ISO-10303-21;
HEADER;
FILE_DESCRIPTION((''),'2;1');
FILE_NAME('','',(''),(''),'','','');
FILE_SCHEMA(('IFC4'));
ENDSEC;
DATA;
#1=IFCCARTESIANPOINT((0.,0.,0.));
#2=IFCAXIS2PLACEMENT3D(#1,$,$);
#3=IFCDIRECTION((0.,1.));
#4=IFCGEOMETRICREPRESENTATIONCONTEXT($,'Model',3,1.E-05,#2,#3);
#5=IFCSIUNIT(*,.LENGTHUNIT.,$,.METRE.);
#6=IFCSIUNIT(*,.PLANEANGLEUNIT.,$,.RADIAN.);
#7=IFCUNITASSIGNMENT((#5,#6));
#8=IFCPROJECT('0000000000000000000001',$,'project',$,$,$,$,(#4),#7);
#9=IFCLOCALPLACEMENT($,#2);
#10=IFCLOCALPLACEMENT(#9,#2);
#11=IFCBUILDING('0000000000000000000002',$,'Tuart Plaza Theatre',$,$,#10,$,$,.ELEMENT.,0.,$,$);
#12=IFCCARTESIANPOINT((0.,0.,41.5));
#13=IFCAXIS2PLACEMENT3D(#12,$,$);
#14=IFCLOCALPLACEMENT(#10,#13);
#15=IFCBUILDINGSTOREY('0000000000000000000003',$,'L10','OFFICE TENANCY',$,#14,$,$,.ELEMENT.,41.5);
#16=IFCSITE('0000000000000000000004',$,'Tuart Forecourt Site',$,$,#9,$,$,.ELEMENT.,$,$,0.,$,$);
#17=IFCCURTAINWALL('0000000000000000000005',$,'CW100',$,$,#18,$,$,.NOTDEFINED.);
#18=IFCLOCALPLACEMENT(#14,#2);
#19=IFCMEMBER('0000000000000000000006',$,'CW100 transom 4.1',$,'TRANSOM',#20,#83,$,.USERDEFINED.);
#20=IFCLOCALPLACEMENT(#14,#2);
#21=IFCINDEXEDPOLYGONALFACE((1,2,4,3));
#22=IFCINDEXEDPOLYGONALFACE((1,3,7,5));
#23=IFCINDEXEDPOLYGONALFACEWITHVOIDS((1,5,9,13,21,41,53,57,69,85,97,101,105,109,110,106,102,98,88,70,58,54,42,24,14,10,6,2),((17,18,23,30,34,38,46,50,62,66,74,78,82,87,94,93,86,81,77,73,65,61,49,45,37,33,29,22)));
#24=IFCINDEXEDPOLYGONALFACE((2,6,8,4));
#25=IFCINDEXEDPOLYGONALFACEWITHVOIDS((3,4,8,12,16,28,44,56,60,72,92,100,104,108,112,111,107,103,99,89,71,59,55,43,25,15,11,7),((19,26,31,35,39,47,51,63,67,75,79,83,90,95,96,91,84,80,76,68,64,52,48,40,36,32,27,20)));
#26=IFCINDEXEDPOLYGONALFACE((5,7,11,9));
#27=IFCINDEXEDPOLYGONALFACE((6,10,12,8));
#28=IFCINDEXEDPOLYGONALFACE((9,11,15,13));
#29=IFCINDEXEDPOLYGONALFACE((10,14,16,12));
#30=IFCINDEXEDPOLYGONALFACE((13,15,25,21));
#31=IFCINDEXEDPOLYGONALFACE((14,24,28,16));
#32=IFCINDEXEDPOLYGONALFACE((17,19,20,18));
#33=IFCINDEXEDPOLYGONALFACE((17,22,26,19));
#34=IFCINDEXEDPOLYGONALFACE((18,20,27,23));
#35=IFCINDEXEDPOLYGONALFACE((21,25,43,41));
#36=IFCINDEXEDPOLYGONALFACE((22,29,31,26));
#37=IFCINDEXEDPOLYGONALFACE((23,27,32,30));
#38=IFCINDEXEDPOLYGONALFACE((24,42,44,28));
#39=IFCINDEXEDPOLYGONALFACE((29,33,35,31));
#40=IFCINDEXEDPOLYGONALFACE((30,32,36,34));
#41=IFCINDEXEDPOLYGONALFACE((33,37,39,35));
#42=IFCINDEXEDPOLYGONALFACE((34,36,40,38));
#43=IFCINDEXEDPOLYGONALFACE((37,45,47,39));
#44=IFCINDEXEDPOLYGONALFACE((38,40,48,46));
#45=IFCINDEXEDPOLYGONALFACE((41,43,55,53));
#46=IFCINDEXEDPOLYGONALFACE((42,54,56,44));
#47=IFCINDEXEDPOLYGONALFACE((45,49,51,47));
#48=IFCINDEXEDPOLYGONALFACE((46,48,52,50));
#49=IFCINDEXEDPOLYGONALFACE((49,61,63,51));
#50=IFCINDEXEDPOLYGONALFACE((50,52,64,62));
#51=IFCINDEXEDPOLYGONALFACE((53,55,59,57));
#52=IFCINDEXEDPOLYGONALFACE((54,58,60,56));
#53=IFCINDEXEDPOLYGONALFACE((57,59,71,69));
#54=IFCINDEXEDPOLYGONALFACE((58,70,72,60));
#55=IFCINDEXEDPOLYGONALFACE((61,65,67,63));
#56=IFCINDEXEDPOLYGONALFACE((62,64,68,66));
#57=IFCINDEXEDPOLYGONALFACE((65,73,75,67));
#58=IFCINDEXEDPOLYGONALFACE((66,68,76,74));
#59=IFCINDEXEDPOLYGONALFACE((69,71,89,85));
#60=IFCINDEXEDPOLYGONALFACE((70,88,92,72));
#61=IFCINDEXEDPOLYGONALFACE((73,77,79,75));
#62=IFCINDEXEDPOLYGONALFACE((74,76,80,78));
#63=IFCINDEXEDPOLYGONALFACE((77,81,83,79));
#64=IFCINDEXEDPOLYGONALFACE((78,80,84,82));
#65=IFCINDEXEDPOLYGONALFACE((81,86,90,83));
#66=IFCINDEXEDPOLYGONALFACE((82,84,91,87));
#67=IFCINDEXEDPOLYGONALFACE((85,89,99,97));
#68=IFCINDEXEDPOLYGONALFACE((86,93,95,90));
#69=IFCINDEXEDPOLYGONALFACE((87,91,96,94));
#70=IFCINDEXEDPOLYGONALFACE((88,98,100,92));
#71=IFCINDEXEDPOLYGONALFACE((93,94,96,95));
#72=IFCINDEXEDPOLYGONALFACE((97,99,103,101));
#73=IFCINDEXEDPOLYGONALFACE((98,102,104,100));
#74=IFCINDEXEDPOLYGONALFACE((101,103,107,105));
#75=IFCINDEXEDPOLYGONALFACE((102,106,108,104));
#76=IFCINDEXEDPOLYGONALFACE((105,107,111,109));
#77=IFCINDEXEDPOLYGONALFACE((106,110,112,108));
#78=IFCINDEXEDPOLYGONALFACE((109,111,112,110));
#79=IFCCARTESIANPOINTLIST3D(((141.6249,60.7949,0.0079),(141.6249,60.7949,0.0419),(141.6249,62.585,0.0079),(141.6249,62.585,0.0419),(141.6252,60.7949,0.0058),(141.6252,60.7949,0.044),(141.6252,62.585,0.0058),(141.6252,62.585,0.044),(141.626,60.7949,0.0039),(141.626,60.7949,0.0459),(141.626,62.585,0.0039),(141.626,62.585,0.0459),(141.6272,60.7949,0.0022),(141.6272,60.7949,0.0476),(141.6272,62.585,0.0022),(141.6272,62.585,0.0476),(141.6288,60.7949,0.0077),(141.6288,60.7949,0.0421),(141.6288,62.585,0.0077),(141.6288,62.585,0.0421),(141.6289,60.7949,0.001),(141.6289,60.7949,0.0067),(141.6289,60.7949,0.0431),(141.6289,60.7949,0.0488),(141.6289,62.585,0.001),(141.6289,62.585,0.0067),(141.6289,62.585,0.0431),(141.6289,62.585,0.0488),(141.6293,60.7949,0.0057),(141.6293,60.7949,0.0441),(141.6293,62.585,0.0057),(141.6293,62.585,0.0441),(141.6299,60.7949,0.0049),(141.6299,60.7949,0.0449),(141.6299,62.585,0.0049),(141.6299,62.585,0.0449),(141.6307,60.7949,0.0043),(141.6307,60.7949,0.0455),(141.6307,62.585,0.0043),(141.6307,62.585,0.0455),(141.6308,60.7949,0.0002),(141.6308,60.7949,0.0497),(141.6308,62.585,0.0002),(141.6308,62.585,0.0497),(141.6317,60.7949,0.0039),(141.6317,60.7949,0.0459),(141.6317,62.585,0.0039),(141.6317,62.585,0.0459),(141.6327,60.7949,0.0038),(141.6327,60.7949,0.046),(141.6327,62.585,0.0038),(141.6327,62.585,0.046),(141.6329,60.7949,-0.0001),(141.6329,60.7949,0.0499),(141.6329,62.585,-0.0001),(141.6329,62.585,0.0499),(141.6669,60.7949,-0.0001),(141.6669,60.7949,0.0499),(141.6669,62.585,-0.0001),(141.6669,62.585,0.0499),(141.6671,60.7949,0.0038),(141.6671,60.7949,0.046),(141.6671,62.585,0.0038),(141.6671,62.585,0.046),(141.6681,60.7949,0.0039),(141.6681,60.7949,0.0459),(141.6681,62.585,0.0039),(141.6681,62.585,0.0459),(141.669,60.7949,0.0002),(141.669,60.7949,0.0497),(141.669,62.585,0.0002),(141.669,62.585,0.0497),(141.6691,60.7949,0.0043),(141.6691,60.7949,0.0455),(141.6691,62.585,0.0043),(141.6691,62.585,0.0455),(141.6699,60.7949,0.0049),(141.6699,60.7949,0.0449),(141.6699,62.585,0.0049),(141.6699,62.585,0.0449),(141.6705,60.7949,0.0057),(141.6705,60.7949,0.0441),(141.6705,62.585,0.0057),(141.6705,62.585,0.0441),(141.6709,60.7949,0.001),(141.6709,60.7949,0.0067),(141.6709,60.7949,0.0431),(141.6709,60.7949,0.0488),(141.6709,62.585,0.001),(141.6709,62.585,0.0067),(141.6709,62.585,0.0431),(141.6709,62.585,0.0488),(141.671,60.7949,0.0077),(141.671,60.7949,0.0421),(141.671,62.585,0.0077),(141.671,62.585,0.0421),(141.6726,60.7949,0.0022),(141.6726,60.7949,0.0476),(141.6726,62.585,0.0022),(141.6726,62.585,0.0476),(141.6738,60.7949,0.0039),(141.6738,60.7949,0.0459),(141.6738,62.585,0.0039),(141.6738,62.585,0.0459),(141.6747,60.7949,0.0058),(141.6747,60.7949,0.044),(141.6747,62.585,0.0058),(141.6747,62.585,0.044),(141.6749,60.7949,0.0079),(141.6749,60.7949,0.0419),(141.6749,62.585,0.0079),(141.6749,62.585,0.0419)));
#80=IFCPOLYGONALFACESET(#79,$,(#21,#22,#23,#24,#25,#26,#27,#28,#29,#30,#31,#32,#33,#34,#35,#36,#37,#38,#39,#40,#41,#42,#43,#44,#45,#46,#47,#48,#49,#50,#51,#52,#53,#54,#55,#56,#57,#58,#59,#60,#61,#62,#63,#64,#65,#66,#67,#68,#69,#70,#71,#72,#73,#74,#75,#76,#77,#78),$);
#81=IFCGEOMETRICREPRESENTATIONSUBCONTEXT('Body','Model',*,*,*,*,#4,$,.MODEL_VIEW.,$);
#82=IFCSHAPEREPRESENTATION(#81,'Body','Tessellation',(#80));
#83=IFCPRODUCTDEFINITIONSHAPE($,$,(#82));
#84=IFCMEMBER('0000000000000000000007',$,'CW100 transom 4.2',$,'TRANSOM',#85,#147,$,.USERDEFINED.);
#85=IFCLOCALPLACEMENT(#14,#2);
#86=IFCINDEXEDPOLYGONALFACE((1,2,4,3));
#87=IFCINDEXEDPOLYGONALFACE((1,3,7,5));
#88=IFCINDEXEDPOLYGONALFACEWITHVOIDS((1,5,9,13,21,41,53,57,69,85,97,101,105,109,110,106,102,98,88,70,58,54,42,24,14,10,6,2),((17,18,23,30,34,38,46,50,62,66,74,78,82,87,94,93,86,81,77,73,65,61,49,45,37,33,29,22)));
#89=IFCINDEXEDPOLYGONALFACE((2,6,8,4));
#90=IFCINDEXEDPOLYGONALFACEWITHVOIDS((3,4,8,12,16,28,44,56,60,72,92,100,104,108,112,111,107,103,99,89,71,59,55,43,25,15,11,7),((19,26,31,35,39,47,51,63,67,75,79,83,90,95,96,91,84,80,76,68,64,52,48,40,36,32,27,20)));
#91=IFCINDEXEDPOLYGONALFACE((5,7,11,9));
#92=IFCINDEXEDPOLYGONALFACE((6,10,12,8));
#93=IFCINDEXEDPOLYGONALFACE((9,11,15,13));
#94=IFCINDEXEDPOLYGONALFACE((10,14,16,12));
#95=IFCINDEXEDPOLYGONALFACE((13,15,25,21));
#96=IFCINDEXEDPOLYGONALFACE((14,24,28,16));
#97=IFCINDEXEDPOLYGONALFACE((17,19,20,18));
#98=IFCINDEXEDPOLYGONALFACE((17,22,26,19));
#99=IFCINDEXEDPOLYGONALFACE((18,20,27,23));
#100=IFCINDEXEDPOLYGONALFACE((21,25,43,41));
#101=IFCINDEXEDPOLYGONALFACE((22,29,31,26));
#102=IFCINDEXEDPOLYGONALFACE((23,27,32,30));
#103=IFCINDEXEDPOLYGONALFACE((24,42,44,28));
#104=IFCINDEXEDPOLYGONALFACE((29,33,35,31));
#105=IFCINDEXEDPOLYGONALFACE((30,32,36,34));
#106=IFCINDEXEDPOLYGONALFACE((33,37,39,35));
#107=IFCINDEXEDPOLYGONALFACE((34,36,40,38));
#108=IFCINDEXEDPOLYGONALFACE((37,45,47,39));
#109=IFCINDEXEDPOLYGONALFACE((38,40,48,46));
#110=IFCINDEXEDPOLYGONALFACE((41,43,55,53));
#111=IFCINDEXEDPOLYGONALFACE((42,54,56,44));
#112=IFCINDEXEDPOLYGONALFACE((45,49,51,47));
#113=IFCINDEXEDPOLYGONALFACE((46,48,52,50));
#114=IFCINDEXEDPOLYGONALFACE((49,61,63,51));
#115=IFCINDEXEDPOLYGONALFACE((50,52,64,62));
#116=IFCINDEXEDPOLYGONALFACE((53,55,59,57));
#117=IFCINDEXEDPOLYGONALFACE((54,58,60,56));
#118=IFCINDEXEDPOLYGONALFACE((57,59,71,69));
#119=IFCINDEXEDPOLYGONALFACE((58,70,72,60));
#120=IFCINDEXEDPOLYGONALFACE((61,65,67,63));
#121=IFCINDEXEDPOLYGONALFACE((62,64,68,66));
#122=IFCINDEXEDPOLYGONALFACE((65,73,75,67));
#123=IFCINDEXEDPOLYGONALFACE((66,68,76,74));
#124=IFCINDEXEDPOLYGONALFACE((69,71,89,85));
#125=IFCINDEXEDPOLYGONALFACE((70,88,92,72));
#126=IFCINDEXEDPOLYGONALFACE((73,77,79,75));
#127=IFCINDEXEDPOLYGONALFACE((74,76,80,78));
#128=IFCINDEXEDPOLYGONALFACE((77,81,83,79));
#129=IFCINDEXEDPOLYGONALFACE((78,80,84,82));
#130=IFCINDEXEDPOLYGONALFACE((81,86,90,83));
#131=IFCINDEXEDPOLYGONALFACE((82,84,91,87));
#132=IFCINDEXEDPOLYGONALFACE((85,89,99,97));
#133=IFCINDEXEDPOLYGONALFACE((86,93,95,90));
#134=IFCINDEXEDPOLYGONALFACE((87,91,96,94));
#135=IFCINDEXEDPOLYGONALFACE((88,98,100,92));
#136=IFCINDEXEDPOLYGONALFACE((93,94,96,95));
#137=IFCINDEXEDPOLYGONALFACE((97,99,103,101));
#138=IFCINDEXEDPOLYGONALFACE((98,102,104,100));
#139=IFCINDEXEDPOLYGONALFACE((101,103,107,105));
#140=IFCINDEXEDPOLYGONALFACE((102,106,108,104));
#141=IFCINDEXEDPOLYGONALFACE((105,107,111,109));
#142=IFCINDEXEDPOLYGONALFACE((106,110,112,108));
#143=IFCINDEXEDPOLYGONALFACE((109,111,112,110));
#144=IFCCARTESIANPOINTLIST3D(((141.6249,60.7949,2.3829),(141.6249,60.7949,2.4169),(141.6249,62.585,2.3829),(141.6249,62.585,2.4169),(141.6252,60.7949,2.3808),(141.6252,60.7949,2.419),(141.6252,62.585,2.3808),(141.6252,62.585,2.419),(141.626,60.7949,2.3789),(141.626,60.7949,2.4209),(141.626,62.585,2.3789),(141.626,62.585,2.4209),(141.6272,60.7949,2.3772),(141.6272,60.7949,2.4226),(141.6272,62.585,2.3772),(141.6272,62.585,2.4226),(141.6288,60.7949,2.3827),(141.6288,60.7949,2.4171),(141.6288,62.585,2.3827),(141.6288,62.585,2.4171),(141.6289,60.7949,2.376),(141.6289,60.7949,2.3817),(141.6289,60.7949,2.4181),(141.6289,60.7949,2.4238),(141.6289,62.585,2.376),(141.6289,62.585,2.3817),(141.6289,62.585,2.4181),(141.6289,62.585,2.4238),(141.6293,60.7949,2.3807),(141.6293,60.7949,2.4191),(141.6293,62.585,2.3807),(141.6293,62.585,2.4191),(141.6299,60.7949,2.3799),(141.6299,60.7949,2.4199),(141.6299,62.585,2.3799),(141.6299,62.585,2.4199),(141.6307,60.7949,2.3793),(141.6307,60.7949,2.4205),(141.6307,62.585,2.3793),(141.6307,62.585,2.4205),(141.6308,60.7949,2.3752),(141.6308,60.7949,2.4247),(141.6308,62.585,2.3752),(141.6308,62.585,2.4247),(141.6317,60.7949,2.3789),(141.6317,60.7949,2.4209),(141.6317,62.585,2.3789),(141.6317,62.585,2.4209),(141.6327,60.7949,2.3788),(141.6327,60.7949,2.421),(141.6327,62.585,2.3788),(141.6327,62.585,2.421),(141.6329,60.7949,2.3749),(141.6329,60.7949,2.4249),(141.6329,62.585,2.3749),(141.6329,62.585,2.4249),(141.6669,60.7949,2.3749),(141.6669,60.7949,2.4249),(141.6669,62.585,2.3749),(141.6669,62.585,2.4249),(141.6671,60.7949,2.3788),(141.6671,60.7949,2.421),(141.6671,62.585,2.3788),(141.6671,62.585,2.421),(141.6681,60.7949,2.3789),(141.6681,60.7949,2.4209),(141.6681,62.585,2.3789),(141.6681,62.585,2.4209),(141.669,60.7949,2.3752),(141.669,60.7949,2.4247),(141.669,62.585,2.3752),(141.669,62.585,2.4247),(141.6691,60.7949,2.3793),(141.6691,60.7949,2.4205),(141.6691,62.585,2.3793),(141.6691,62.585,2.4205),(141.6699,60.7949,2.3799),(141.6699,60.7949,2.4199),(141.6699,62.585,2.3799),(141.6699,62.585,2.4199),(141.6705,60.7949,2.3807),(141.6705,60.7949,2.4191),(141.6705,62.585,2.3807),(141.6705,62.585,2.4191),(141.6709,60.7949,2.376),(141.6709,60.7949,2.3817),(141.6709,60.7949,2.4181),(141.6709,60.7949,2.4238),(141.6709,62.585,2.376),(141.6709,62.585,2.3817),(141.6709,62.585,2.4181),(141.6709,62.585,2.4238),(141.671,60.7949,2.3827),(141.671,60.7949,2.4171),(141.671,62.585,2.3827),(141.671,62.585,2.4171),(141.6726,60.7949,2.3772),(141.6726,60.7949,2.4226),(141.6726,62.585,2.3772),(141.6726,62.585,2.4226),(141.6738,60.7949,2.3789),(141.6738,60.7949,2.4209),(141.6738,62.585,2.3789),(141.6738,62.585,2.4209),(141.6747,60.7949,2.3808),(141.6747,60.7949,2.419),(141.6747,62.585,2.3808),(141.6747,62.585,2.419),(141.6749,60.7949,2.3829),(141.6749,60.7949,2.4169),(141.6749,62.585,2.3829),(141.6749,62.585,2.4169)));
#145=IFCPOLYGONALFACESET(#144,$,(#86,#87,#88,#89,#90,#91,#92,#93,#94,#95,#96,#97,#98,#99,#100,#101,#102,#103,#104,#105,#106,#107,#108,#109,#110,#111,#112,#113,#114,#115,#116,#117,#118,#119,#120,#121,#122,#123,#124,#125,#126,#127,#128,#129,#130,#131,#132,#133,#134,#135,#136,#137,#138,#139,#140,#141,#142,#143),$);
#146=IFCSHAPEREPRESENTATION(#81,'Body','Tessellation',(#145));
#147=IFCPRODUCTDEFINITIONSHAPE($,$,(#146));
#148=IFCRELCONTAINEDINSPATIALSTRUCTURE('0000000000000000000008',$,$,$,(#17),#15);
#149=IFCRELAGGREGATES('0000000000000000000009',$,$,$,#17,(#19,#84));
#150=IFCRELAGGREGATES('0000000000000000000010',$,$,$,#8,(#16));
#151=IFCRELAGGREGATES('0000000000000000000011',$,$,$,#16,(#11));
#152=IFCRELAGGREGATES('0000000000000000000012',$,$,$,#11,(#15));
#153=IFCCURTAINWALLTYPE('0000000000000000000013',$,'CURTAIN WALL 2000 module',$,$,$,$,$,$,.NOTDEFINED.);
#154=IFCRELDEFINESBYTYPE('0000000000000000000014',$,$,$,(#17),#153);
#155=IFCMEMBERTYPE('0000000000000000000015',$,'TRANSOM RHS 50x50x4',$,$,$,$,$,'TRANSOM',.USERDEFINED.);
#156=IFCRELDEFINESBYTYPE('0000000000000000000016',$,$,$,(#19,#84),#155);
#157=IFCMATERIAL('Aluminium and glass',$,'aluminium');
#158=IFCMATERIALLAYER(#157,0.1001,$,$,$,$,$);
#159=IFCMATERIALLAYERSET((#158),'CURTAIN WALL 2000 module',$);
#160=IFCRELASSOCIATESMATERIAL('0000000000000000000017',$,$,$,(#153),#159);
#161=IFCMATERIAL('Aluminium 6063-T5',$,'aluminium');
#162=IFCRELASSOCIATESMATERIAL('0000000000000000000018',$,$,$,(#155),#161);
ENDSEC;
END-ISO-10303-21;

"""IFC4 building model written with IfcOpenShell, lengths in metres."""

from ifc_helpers import new_model, si_unit, direction, frame, origin, origin_2d, place, context, subcontext, project, spatial, hollow_rectangle, extrude, material, layer, layer_set, material_profile, profile_set, type_object, element, aggregate, save


model = new_model("IFC4")

# Units and contexts
model_context = context("Model", 3, precision=1e-05, world=origin(), true_north=direction((0.0, 1.0)))
body_context = subcontext(model_context, "Body", "Model", "MODEL_VIEW")
ifc_project = project(units=[si_unit("LENGTHUNIT", "METRE"), si_unit("PLANEANGLEUNIT", "RADIAN")], contexts=[model_context])

# Site, building, storey
site_placement = place(None, origin())
site = spatial("IfcSite", under=ifc_project, at=site_placement, Name="Tuart Forecourt Site", CompositionType="ELEMENT", RefElevation=0.0)
building_placement = place(site_placement, origin())
building = spatial("IfcBuilding", under=site, at=building_placement, Name="Tuart Plaza Theatre", CompositionType="ELEMENT", ElevationOfRefHeight=0.0)
storey_placement = place(building_placement, frame((0.0, 0.0, 41.5)))
storey = spatial("IfcBuildingStorey", under=building, at=storey_placement, Name="L10", Description="OFFICE TENANCY", CompositionType="ELEMENT", Elevation=41.5)

# Curtain wall
ifc_material_1 = material(Name="Aluminium and glass", Category="aluminium")
ifc_layer_1 = layer(ifc_material_1, 0.1001)
ifc_layer_set_1 = layer_set([ifc_layer_1], Name="CURTAIN WALL 2000 module")
curtain_wall_type = type_object("IfcCurtainWallType", Name="CURTAIN WALL 2000 module", PredefinedType="NOTDEFINED", material=ifc_layer_set_1)
curtain_wall_1_placement = place(storey_placement, origin())
curtain_wall_1 = element("IfcCurtainWall", 1, at=curtain_wall_1_placement, inside=storey, type_object=curtain_wall_type, Name="CW100", PredefinedType="NOTDEFINED")

# Members
ifc_material_2 = material(Name="Aluminium 6063-T5", Category="aluminium")
ifc_material_profile_1 = material_profile(ifc_material_2, hollow_rectangle(XDim=0.05, YDim=0.05, WallThickness=0.0039, InnerFilletRadius=0.0039, OuterFilletRadius=0.0081, at=origin_2d()), Name="RHS 50x50x4")
ifc_profile_set_1 = profile_set([ifc_material_profile_1], Name="Aluminium 6063-T5")
member_type_1 = type_object("IfcMemberType", Name="TRANSOM RHS 50x50x4", ElementType="TRANSOM", PredefinedType="USERDEFINED", material=ifc_profile_set_1)
member_1_placement = place(storey_placement, frame((141.6499, 60.7949, 0.0249), z_axis=(0.0, 1.0, 0.0), x_axis=(-1.0, 0.0, 0.0)))
member_1 = element("IfcMember", 2, at=member_1_placement, type_object=member_type_1, Name="CW100 transom 4.1", ObjectType="TRANSOM", PredefinedType="USERDEFINED", context=body_context, shape_type="SweptSolid", body=[
    extrude(hollow_rectangle(XDim=0.05, YDim=0.05, WallThickness=0.0039, InnerFilletRadius=0.0039, OuterFilletRadius=0.0081, at=origin_2d()), origin(), (0.0, 0.0, 1.0), 1.79),
])
member_2_placement = place(storey_placement, frame((141.6499, 60.7949, 2.3999), z_axis=(0.0, 1.0, 0.0), x_axis=(-1.0, 0.0, 0.0)))
member_2 = element("IfcMember", 3, at=member_2_placement, type_object=member_type_1, Name="CW100 transom 4.2", ObjectType="TRANSOM", PredefinedType="USERDEFINED", context=body_context, shape_type="SweptSolid", body=[
    extrude(hollow_rectangle(XDim=0.05, YDim=0.05, WallThickness=0.0039, InnerFilletRadius=0.0039, OuterFilletRadius=0.0081, at=origin_2d()), origin(), (0.0, 0.0, 1.0), 1.79),
])

aggregate(curtain_wall_1, [member_1, member_2])

save(model, "model.ifc")
